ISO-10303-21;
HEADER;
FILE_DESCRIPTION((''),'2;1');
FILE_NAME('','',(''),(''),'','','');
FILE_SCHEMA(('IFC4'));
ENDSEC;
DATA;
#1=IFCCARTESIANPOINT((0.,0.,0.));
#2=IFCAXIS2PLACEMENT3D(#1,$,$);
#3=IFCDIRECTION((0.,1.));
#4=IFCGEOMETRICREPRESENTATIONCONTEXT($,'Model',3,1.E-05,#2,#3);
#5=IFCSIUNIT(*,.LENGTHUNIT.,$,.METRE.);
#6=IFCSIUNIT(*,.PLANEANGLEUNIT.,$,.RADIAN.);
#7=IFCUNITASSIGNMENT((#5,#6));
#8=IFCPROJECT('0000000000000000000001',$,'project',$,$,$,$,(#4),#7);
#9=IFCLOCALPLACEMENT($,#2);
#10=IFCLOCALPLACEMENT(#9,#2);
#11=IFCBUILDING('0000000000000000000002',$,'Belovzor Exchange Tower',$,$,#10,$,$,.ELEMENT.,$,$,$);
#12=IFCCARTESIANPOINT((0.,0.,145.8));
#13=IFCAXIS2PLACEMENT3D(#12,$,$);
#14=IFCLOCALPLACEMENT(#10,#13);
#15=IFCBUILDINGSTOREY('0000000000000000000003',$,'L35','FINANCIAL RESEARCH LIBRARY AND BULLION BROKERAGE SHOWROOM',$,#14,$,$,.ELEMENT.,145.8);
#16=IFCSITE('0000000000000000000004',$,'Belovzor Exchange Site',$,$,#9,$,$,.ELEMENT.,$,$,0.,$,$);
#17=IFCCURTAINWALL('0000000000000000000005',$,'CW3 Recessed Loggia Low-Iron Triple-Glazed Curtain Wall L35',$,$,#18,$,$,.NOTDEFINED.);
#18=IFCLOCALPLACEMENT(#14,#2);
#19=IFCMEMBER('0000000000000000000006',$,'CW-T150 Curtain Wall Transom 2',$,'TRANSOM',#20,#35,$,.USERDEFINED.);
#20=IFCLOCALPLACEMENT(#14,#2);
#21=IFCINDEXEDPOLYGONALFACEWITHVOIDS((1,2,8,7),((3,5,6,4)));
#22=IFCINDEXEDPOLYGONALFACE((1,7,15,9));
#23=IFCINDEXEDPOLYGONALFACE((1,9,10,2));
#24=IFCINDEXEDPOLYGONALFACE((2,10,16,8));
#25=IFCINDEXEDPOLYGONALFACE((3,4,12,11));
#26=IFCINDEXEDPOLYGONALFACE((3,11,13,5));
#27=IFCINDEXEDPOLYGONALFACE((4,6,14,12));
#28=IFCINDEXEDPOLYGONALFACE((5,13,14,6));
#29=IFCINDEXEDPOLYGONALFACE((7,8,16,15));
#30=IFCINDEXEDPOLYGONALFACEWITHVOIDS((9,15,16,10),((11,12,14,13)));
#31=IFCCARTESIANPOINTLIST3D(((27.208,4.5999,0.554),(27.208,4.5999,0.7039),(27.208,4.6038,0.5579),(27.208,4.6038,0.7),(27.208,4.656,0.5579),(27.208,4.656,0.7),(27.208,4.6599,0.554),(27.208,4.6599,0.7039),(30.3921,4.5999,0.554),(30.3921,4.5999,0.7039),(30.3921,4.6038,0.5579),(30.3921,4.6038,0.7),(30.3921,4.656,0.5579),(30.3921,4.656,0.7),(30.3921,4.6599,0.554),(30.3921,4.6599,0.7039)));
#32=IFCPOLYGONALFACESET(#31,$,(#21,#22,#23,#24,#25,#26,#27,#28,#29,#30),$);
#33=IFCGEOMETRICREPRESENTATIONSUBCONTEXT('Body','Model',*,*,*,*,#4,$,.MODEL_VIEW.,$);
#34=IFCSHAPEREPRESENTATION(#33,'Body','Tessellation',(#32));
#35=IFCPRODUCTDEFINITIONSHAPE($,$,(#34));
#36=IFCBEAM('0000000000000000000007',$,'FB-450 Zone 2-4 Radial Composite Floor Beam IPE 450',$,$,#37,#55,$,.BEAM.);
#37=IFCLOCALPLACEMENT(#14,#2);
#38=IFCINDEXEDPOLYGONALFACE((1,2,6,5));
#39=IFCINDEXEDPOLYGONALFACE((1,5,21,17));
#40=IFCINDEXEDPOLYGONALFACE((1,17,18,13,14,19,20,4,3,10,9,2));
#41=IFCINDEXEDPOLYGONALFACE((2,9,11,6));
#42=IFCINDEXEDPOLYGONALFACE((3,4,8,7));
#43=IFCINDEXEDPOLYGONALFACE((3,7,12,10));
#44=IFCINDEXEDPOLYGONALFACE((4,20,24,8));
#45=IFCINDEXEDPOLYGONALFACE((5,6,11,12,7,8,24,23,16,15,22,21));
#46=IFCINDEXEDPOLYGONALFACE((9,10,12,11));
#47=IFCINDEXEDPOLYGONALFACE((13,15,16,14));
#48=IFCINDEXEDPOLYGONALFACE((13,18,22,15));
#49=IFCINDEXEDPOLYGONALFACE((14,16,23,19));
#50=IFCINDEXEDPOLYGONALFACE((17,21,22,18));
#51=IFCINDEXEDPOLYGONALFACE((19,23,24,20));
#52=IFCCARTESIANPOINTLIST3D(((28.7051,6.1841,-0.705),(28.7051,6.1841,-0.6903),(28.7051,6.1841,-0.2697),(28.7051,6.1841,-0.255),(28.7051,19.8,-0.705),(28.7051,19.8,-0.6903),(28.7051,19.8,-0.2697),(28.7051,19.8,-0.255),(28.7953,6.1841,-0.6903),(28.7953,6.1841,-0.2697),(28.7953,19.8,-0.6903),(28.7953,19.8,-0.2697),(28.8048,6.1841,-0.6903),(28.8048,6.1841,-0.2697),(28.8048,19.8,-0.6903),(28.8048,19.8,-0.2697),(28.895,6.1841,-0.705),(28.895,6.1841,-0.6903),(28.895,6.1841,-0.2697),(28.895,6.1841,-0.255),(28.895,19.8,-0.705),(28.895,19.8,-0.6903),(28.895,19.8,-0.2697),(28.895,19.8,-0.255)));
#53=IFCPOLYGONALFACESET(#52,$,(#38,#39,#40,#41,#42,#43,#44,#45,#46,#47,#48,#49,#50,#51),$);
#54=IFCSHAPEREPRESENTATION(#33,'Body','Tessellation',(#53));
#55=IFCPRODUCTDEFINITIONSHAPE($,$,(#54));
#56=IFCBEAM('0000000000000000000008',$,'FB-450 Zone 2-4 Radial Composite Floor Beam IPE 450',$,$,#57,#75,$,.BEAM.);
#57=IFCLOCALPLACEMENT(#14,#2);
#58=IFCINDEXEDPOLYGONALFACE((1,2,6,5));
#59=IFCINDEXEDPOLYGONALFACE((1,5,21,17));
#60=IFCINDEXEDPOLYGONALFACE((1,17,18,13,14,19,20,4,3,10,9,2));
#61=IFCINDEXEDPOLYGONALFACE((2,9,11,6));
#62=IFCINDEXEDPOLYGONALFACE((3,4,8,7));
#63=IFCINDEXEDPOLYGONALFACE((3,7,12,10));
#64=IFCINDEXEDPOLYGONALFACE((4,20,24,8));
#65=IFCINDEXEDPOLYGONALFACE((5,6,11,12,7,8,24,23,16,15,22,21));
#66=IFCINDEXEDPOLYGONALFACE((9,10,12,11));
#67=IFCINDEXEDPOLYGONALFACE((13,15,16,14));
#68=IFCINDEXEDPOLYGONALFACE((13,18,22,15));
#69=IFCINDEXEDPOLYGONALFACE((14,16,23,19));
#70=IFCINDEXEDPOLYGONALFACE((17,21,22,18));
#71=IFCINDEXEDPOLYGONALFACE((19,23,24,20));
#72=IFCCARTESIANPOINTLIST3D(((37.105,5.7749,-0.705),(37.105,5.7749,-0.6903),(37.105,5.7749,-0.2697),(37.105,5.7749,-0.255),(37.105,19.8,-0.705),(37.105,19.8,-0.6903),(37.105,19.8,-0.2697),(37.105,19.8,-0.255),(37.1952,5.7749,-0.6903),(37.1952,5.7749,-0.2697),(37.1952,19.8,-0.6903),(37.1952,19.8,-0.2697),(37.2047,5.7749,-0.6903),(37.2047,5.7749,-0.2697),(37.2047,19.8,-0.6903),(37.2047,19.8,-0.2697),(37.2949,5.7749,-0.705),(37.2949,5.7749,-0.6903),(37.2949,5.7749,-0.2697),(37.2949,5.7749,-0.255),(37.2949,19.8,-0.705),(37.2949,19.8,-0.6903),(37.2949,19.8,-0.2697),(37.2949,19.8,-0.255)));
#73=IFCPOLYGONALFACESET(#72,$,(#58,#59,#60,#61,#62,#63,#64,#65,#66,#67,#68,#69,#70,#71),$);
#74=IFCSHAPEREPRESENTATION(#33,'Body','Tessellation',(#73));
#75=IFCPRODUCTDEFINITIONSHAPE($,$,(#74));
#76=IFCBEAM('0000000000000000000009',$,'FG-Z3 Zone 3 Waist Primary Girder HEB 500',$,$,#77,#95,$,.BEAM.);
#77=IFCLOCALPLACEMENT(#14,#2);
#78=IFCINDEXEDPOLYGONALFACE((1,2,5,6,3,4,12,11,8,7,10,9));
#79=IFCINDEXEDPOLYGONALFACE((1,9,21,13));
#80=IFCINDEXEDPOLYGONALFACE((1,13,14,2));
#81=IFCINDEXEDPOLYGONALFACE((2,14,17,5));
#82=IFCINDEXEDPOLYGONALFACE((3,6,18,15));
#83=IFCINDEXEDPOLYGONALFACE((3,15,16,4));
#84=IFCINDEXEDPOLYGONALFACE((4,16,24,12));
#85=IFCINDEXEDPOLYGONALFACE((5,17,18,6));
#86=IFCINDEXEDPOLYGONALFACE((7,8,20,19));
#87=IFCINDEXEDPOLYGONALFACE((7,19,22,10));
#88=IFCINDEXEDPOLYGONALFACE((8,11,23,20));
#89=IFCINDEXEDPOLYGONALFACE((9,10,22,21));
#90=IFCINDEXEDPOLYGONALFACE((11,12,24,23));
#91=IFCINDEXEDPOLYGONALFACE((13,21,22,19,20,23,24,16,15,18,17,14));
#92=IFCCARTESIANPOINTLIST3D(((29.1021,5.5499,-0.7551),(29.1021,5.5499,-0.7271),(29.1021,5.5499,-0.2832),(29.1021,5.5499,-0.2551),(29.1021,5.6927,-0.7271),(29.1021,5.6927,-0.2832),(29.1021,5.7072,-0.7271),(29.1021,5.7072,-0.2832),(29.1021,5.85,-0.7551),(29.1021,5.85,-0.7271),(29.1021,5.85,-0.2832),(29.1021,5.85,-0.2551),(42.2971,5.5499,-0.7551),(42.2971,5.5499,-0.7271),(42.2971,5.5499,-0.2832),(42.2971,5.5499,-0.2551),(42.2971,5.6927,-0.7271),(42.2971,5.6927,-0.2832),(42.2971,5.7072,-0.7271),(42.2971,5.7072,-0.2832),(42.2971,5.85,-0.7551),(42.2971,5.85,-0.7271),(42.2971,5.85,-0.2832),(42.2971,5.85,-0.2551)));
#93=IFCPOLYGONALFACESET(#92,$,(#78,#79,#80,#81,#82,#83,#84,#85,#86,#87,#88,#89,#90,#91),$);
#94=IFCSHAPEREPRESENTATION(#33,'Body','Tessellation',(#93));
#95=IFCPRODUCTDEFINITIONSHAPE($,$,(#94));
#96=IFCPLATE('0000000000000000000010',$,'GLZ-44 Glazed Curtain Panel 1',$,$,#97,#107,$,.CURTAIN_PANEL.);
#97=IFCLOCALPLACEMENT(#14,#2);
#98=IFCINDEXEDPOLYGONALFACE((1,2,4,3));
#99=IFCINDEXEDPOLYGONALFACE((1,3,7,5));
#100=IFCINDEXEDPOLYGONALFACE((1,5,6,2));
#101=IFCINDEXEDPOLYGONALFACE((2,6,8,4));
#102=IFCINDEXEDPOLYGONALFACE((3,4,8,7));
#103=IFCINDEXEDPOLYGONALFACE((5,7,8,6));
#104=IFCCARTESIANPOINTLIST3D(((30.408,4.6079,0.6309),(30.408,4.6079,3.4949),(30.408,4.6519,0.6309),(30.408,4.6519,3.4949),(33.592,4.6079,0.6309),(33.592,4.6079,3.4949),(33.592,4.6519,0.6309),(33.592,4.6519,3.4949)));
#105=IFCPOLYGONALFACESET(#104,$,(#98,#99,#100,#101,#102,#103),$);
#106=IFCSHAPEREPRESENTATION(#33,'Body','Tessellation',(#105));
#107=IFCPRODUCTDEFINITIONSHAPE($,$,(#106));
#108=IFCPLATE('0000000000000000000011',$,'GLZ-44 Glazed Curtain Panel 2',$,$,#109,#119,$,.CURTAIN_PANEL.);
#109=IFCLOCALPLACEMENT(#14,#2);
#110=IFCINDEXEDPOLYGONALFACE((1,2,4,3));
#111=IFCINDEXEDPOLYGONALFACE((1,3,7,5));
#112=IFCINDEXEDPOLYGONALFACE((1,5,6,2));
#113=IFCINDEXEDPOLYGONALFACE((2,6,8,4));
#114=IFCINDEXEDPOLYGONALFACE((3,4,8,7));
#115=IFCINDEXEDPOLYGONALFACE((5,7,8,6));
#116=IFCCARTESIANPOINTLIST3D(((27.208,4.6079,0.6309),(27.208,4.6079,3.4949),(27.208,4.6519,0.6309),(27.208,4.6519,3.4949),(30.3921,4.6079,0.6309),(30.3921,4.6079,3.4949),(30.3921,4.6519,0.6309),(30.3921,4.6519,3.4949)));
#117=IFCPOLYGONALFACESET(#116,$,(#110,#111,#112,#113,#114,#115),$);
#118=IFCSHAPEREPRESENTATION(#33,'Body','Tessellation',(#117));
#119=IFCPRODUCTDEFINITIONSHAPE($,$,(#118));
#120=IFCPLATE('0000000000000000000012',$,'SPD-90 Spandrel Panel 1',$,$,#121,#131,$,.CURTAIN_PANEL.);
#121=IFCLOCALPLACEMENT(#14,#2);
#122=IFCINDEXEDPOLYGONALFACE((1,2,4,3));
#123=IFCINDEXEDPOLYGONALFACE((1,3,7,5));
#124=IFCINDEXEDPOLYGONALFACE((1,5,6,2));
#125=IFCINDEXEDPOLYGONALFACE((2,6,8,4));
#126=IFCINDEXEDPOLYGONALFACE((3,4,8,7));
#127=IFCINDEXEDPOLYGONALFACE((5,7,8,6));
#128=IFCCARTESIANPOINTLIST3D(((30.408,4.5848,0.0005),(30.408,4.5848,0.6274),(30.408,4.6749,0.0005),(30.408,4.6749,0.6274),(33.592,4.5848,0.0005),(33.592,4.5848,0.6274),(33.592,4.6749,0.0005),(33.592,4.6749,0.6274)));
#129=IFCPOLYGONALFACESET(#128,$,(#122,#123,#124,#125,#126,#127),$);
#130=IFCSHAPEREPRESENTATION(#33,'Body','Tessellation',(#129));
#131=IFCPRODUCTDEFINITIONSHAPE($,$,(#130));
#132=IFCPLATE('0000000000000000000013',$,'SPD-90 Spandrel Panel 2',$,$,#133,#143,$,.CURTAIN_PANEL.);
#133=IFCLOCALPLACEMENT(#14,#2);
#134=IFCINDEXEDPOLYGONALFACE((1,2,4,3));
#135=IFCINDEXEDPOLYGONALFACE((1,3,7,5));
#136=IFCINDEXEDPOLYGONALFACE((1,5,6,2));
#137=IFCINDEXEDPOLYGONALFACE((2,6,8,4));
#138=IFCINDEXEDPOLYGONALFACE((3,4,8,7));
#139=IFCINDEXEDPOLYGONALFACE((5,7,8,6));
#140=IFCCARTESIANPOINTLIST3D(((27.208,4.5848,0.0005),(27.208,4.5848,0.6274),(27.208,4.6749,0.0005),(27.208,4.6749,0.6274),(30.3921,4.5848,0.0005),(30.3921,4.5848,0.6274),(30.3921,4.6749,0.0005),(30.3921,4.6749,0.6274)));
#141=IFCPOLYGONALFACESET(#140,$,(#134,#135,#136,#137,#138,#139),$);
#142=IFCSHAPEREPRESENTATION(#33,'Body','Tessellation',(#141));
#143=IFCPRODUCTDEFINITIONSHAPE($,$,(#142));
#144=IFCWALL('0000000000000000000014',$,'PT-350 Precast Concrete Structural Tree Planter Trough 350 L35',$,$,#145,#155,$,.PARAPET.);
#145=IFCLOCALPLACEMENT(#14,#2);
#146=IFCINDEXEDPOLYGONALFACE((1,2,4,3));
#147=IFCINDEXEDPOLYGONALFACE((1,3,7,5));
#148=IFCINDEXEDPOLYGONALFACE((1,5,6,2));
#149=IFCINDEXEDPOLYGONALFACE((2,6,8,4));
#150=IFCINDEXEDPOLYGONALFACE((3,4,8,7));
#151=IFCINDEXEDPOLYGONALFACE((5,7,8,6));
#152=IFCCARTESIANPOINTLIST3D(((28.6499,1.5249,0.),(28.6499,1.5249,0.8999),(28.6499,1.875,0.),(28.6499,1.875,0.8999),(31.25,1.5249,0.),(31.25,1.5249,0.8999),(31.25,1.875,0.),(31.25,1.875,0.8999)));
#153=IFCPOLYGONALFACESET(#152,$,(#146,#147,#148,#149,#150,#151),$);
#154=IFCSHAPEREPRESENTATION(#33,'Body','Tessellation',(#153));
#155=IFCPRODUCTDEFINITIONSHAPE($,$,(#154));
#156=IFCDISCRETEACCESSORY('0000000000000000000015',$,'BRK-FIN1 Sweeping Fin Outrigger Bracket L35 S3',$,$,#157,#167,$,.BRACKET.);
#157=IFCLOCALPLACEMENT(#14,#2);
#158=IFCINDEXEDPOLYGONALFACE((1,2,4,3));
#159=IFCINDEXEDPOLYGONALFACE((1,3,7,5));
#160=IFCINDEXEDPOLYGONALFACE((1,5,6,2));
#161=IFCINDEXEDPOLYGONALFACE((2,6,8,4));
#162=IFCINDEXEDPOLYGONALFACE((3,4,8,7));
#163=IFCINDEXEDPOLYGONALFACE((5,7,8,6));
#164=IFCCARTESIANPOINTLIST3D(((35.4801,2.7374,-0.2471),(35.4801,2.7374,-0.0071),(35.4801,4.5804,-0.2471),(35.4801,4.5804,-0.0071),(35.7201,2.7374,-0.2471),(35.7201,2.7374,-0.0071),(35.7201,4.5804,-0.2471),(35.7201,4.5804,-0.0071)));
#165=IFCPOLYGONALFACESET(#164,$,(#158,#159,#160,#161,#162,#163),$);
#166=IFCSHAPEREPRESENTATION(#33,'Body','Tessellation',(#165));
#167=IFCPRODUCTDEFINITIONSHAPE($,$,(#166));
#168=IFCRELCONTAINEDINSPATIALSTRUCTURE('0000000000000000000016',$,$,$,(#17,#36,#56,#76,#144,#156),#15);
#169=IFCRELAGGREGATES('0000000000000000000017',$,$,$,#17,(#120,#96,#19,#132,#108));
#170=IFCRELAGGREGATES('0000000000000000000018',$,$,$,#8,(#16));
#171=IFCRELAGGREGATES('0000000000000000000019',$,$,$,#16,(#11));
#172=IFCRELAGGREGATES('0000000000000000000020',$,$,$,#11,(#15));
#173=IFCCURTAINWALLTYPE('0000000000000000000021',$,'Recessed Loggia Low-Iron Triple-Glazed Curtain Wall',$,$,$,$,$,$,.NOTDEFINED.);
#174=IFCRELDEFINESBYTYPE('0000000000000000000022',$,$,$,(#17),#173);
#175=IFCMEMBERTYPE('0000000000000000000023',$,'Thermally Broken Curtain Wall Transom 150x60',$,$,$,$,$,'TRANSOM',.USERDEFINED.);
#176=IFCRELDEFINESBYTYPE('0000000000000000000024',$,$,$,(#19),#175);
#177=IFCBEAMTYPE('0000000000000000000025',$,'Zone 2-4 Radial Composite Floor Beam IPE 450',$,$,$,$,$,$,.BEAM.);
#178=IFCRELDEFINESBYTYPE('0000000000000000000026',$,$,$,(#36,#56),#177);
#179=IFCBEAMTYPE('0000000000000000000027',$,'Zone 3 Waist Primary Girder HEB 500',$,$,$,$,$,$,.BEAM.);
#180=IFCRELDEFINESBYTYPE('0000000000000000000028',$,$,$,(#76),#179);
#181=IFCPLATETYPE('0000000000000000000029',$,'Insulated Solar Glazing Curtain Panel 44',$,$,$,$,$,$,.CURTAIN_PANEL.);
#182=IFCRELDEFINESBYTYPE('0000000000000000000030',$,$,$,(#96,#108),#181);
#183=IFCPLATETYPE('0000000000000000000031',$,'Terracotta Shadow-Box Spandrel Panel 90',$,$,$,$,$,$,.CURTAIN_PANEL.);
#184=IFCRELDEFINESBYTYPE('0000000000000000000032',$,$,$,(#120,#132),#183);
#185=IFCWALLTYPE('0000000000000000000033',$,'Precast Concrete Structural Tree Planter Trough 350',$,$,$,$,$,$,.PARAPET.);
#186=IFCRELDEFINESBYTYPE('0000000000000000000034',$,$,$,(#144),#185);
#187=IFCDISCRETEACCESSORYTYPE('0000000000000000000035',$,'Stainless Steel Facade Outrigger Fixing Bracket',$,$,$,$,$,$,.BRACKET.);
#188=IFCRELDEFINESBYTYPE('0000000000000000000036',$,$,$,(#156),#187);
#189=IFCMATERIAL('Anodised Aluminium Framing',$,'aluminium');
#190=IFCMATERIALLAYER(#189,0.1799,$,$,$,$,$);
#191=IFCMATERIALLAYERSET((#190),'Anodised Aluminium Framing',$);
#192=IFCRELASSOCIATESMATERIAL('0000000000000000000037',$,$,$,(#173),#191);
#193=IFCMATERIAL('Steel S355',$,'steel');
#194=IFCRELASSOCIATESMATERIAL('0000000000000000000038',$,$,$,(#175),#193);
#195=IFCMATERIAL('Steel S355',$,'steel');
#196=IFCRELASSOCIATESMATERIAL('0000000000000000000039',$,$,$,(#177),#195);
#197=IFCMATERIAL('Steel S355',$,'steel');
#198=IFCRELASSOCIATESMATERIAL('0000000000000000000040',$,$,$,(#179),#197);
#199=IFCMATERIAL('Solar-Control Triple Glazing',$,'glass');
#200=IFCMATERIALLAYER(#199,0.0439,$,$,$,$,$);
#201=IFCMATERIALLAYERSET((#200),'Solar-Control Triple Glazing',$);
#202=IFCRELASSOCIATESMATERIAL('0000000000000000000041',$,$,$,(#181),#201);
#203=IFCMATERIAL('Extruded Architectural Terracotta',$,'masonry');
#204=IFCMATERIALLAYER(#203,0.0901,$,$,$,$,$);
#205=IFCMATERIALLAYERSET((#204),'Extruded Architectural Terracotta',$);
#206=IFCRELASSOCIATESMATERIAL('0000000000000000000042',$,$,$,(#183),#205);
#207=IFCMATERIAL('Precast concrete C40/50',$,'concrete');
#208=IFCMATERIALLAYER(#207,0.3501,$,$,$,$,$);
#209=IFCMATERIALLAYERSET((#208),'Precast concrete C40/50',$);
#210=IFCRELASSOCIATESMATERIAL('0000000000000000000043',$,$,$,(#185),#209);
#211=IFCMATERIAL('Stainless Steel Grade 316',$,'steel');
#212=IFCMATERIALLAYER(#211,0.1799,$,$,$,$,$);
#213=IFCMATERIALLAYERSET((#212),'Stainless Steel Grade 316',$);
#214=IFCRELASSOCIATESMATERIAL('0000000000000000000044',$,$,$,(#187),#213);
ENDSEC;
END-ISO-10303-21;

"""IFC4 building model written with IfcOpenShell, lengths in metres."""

from ifc_helpers import new_model, si_unit, direction, frame, frame_2d, origin, origin_2d, place, context, subcontext, project, spatial, rectangle, hollow_rectangle, i_section, extrude, material, layer, layer_set, material_profile, profile_set, type_object, element, aggregate, save


model = new_model("IFC4")

# Units and contexts
model_context = context("Model", 3, precision=1e-05, world=origin(), true_north=direction((0.0, 1.0)))
body_context = subcontext(model_context, "Body", "Model", "MODEL_VIEW")
ifc_project = project(units=[si_unit("LENGTHUNIT", "METRE"), si_unit("PLANEANGLEUNIT", "RADIAN")], contexts=[model_context])

# Site, building, storey
site_placement = place(None, origin())
site = spatial("IfcSite", under=ifc_project, at=site_placement, Name="Belovzor Exchange Site", CompositionType="ELEMENT", RefElevation=0.0)
building_placement = place(site_placement, origin())
building = spatial("IfcBuilding", under=site, at=building_placement, Name="Belovzor Exchange Tower", CompositionType="ELEMENT")
storey_placement = place(building_placement, frame((0.0, 0.0, 145.8)))
storey = spatial("IfcBuildingStorey", under=building, at=storey_placement, Name="L35", Description="FINANCIAL RESEARCH LIBRARY AND BULLION BROKERAGE SHOWROOM", CompositionType="ELEMENT", Elevation=145.8)

# Curtain wall, member
ifc_material_1 = material(Name="Anodised Aluminium Framing", Category="aluminium")
ifc_layer_1 = layer(ifc_material_1, 0.1799)
ifc_layer_set_1 = layer_set([ifc_layer_1], Name="Anodised Aluminium Framing")
curtain_wall_type = type_object("IfcCurtainWallType", Name="Recessed Loggia Low-Iron Triple-Glazed Curtain Wall", PredefinedType="NOTDEFINED", material=ifc_layer_set_1)
curtain_wall_placement = place(storey_placement, origin())
curtain_wall = element("IfcCurtainWall", 1, at=curtain_wall_placement, inside=storey, type_object=curtain_wall_type, Name="CW3 Recessed Loggia Low-Iron Triple-Glazed Curtain Wall L35", PredefinedType="NOTDEFINED")
ifc_material_2 = material(Name="Steel S355", Category="steel")
ifc_material_profile_1 = material_profile(ifc_material_2, hollow_rectangle(XDim=0.0601, YDim=0.1499, WallThickness=0.0039, at=origin_2d()))
ifc_profile_set_1 = profile_set([ifc_material_profile_1], Name="Steel S355")
member_type_1 = type_object("IfcMemberType", Name="Thermally Broken Curtain Wall Transom 150x60", ElementType="TRANSOM", PredefinedType="USERDEFINED", material=ifc_profile_set_1)
member_1_placement = place(storey_placement, frame((30.3921, 4.6299, 0.6289), z_axis=(-1.0, 0.0, 0.0), x_axis=(0.0, -1.0, 0.0)))
member_1 = element("IfcMember", 2, at=member_1_placement, type_object=member_type_1, Name="CW-T150 Curtain Wall Transom 2", ObjectType="TRANSOM", PredefinedType="USERDEFINED", context=body_context, shape_type="SweptSolid", body=[
    extrude(hollow_rectangle(XDim=0.0601, YDim=0.1499, WallThickness=0.0039, at=origin_2d()), origin(), (0.0, 0.0, 1.0), 3.1841),
])

# Beams
ifc_material_3 = material(Name="Steel S355", Category="steel")
ifc_material_profile_2 = material_profile(ifc_material_3, i_section(OverallWidth=0.1899, OverallDepth=0.45, WebThickness=0.0095, FlangeThickness=0.0146, at=origin_2d()))
ifc_profile_set_2 = profile_set([ifc_material_profile_2], Name="Steel S355")
beam_type_1 = type_object("IfcBeamType", Name="Zone 2-4 Radial Composite Floor Beam IPE 450", PredefinedType="BEAM", material=ifc_profile_set_2)
beam_1_placement = place(storey_placement, frame((28.8, 19.8, -0.48), z_axis=(0.0, -1.0, 0.0), x_axis=(1.0, 0.0, 0.0)))
element("IfcBeam", 3, at=beam_1_placement, inside=storey, type_object=beam_type_1, Name="FB-450 Zone 2-4 Radial Composite Floor Beam IPE 450", PredefinedType="BEAM", context=body_context, shape_type="SweptSolid", body=[
    extrude(i_section(OverallWidth=0.1899, OverallDepth=0.45, WebThickness=0.0095, FlangeThickness=0.0146, at=origin_2d()), origin(), (0.0, 0.0, 1.0), 13.616),
])
beam_2_placement = place(storey_placement, frame((37.2, 19.8, -0.48), z_axis=(0.0, -1.0, 0.0), x_axis=(1.0, 0.0, 0.0)))
element("IfcBeam", 4, at=beam_2_placement, inside=storey, type_object=beam_type_1, Name="FB-450 Zone 2-4 Radial Composite Floor Beam IPE 450", PredefinedType="BEAM", context=body_context, shape_type="SweptSolid", body=[
    extrude(i_section(OverallWidth=0.1899, OverallDepth=0.45, WebThickness=0.0095, FlangeThickness=0.0146, at=origin_2d()), origin(), (0.0, 0.0, 1.0), 14.0251),
])
ifc_material_4 = material(Name="Steel S355", Category="steel")
ifc_material_profile_3 = material_profile(ifc_material_4, i_section(OverallWidth=0.3, OverallDepth=0.5, WebThickness=0.0144, FlangeThickness=0.0281, at=origin_2d()))
ifc_profile_set_3 = profile_set([ifc_material_profile_3], Name="Steel S355")
beam_type_2 = type_object("IfcBeamType", Name="Zone 3 Waist Primary Girder HEB 500", PredefinedType="BEAM", material=ifc_profile_set_3)
beam_3_placement = place(storey_placement, frame((29.1021, 5.7, -0.5051), z_axis=(1.0, 0.0, 0.0), x_axis=(0.0, 1.0, 0.0)))
element("IfcBeam", 5, at=beam_3_placement, inside=storey, type_object=beam_type_2, Name="FG-Z3 Zone 3 Waist Primary Girder HEB 500", PredefinedType="BEAM", context=body_context, shape_type="SweptSolid", body=[
    extrude(i_section(OverallWidth=0.3, OverallDepth=0.5, WebThickness=0.0144, FlangeThickness=0.0281, at=origin_2d()), origin(), (0.0, 0.0, 1.0), 13.1951),
])

# Plates
ifc_material_5 = material(Name="Solar-Control Triple Glazing", Category="glass")
ifc_layer_2 = layer(ifc_material_5, 0.0439)
ifc_layer_set_2 = layer_set([ifc_layer_2], Name="Solar-Control Triple Glazing")
plate_type_1 = type_object("IfcPlateType", Name="Insulated Solar Glazing Curtain Panel 44", PredefinedType="CURTAIN_PANEL", material=ifc_layer_set_2)
plate_1_placement = place(storey_placement, frame((32.0, 4.6299, 0.6309), z_axis=(0.0, 0.0, 1.0), x_axis=(-1.0, 0.0, 0.0)))
plate_1 = element("IfcPlate", 6, at=plate_1_placement, type_object=plate_type_1, Name="GLZ-44 Glazed Curtain Panel 1", PredefinedType="CURTAIN_PANEL", context=body_context, shape_type="SweptSolid", body=[
    extrude(rectangle(XDim=3.1841, YDim=0.0439, at=origin_2d()), origin(), (0.0, 0.0, 1.0), 2.864),
])
plate_2_placement = place(storey_placement, frame((28.8, 4.6299, 0.6309), z_axis=(0.0, 0.0, 1.0), x_axis=(-1.0, 0.0, 0.0)))
plate_2 = element("IfcPlate", 7, at=plate_2_placement, type_object=plate_type_1, Name="GLZ-44 Glazed Curtain Panel 2", PredefinedType="CURTAIN_PANEL", context=body_context, shape_type="SweptSolid", body=[
    extrude(rectangle(XDim=3.1841, YDim=0.0439, at=origin_2d()), origin(), (0.0, 0.0, 1.0), 2.864),
])
ifc_material_6 = material(Name="Extruded Architectural Terracotta", Category="masonry")
ifc_layer_3 = layer(ifc_material_6, 0.0901)
ifc_layer_set_3 = layer_set([ifc_layer_3], Name="Extruded Architectural Terracotta")
plate_type_2 = type_object("IfcPlateType", Name="Terracotta Shadow-Box Spandrel Panel 90", PredefinedType="CURTAIN_PANEL", material=ifc_layer_set_3)
plate_3_placement = place(storey_placement, frame((32.0, 4.6299, 0.0005), z_axis=(0.0, 0.0, 1.0), x_axis=(-1.0, 0.0, 0.0)))
plate_3 = element("IfcPlate", 8, at=plate_3_placement, type_object=plate_type_2, Name="SPD-90 Spandrel Panel 1", PredefinedType="CURTAIN_PANEL", context=body_context, shape_type="SweptSolid", body=[
    extrude(rectangle(XDim=3.1841, YDim=0.0901, at=origin_2d()), origin(), (0.0, 0.0, 1.0), 0.627),
])
plate_4_placement = place(storey_placement, frame((28.8, 4.6299, 0.0005), z_axis=(0.0, 0.0, 1.0), x_axis=(-1.0, 0.0, 0.0)))
plate_4 = element("IfcPlate", 9, at=plate_4_placement, type_object=plate_type_2, Name="SPD-90 Spandrel Panel 2", PredefinedType="CURTAIN_PANEL", context=body_context, shape_type="SweptSolid", body=[
    extrude(rectangle(XDim=3.1841, YDim=0.0901, at=origin_2d()), origin(), (0.0, 0.0, 1.0), 0.627),
])
aggregate(curtain_wall, [plate_3, plate_1, member_1, plate_4, plate_2])

# Wall
ifc_material_7 = material(Name="Precast concrete C40/50", Category="concrete")
ifc_layer_4 = layer(ifc_material_7, 0.3501)
ifc_layer_set_4 = layer_set([ifc_layer_4], Name="Precast concrete C40/50")
wall_type = type_object("IfcWallType", Name="Precast Concrete Structural Tree Planter Trough 350", PredefinedType="PARAPET", material=ifc_layer_set_4)
wall_placement = place(storey_placement, frame((28.6499, 1.7, 0.0), z_axis=(0.0, 0.0, 1.0), x_axis=(1.0, 0.0, 0.0)))
element("IfcWall", 10, at=wall_placement, inside=storey, type_object=wall_type, Name="PT-350 Precast Concrete Structural Tree Planter Trough 350 L35", PredefinedType="PARAPET", context=body_context, shape_type="SweptSolid", body=[
    extrude(rectangle(XDim=2.6001, YDim=0.3501, at=frame_2d((1.3, 0.0))), origin(), (0.0, 0.0, 1.0), 0.8999),
])

# Discrete accessory
ifc_material_8 = material(Name="Stainless Steel Grade 316", Category="steel")
ifc_layer_5 = layer(ifc_material_8, 0.1799)
ifc_layer_set_5 = layer_set([ifc_layer_5], Name="Stainless Steel Grade 316")
discrete_accessory_type = type_object("IfcDiscreteAccessoryType", Name="Stainless Steel Facade Outrigger Fixing Bracket", PredefinedType="BRACKET", material=ifc_layer_set_5)
discrete_accessory_placement = place(storey_placement, frame((35.6001, 3.6589, -0.2471), z_axis=(0.0, 0.0, 1.0), x_axis=(0.0, 1.0, 0.0)))
element("IfcDiscreteAccessory", 11, at=discrete_accessory_placement, inside=storey, type_object=discrete_accessory_type, Name="BRK-FIN1 Sweeping Fin Outrigger Bracket L35 S3", PredefinedType="BRACKET", context=body_context, shape_type="SweptSolid", body=[
    extrude(rectangle(XDim=1.843, YDim=0.24, at=origin_2d()), origin(), (0.0, 0.0, 1.0), 0.24),
])

save(model, "model.ifc")
